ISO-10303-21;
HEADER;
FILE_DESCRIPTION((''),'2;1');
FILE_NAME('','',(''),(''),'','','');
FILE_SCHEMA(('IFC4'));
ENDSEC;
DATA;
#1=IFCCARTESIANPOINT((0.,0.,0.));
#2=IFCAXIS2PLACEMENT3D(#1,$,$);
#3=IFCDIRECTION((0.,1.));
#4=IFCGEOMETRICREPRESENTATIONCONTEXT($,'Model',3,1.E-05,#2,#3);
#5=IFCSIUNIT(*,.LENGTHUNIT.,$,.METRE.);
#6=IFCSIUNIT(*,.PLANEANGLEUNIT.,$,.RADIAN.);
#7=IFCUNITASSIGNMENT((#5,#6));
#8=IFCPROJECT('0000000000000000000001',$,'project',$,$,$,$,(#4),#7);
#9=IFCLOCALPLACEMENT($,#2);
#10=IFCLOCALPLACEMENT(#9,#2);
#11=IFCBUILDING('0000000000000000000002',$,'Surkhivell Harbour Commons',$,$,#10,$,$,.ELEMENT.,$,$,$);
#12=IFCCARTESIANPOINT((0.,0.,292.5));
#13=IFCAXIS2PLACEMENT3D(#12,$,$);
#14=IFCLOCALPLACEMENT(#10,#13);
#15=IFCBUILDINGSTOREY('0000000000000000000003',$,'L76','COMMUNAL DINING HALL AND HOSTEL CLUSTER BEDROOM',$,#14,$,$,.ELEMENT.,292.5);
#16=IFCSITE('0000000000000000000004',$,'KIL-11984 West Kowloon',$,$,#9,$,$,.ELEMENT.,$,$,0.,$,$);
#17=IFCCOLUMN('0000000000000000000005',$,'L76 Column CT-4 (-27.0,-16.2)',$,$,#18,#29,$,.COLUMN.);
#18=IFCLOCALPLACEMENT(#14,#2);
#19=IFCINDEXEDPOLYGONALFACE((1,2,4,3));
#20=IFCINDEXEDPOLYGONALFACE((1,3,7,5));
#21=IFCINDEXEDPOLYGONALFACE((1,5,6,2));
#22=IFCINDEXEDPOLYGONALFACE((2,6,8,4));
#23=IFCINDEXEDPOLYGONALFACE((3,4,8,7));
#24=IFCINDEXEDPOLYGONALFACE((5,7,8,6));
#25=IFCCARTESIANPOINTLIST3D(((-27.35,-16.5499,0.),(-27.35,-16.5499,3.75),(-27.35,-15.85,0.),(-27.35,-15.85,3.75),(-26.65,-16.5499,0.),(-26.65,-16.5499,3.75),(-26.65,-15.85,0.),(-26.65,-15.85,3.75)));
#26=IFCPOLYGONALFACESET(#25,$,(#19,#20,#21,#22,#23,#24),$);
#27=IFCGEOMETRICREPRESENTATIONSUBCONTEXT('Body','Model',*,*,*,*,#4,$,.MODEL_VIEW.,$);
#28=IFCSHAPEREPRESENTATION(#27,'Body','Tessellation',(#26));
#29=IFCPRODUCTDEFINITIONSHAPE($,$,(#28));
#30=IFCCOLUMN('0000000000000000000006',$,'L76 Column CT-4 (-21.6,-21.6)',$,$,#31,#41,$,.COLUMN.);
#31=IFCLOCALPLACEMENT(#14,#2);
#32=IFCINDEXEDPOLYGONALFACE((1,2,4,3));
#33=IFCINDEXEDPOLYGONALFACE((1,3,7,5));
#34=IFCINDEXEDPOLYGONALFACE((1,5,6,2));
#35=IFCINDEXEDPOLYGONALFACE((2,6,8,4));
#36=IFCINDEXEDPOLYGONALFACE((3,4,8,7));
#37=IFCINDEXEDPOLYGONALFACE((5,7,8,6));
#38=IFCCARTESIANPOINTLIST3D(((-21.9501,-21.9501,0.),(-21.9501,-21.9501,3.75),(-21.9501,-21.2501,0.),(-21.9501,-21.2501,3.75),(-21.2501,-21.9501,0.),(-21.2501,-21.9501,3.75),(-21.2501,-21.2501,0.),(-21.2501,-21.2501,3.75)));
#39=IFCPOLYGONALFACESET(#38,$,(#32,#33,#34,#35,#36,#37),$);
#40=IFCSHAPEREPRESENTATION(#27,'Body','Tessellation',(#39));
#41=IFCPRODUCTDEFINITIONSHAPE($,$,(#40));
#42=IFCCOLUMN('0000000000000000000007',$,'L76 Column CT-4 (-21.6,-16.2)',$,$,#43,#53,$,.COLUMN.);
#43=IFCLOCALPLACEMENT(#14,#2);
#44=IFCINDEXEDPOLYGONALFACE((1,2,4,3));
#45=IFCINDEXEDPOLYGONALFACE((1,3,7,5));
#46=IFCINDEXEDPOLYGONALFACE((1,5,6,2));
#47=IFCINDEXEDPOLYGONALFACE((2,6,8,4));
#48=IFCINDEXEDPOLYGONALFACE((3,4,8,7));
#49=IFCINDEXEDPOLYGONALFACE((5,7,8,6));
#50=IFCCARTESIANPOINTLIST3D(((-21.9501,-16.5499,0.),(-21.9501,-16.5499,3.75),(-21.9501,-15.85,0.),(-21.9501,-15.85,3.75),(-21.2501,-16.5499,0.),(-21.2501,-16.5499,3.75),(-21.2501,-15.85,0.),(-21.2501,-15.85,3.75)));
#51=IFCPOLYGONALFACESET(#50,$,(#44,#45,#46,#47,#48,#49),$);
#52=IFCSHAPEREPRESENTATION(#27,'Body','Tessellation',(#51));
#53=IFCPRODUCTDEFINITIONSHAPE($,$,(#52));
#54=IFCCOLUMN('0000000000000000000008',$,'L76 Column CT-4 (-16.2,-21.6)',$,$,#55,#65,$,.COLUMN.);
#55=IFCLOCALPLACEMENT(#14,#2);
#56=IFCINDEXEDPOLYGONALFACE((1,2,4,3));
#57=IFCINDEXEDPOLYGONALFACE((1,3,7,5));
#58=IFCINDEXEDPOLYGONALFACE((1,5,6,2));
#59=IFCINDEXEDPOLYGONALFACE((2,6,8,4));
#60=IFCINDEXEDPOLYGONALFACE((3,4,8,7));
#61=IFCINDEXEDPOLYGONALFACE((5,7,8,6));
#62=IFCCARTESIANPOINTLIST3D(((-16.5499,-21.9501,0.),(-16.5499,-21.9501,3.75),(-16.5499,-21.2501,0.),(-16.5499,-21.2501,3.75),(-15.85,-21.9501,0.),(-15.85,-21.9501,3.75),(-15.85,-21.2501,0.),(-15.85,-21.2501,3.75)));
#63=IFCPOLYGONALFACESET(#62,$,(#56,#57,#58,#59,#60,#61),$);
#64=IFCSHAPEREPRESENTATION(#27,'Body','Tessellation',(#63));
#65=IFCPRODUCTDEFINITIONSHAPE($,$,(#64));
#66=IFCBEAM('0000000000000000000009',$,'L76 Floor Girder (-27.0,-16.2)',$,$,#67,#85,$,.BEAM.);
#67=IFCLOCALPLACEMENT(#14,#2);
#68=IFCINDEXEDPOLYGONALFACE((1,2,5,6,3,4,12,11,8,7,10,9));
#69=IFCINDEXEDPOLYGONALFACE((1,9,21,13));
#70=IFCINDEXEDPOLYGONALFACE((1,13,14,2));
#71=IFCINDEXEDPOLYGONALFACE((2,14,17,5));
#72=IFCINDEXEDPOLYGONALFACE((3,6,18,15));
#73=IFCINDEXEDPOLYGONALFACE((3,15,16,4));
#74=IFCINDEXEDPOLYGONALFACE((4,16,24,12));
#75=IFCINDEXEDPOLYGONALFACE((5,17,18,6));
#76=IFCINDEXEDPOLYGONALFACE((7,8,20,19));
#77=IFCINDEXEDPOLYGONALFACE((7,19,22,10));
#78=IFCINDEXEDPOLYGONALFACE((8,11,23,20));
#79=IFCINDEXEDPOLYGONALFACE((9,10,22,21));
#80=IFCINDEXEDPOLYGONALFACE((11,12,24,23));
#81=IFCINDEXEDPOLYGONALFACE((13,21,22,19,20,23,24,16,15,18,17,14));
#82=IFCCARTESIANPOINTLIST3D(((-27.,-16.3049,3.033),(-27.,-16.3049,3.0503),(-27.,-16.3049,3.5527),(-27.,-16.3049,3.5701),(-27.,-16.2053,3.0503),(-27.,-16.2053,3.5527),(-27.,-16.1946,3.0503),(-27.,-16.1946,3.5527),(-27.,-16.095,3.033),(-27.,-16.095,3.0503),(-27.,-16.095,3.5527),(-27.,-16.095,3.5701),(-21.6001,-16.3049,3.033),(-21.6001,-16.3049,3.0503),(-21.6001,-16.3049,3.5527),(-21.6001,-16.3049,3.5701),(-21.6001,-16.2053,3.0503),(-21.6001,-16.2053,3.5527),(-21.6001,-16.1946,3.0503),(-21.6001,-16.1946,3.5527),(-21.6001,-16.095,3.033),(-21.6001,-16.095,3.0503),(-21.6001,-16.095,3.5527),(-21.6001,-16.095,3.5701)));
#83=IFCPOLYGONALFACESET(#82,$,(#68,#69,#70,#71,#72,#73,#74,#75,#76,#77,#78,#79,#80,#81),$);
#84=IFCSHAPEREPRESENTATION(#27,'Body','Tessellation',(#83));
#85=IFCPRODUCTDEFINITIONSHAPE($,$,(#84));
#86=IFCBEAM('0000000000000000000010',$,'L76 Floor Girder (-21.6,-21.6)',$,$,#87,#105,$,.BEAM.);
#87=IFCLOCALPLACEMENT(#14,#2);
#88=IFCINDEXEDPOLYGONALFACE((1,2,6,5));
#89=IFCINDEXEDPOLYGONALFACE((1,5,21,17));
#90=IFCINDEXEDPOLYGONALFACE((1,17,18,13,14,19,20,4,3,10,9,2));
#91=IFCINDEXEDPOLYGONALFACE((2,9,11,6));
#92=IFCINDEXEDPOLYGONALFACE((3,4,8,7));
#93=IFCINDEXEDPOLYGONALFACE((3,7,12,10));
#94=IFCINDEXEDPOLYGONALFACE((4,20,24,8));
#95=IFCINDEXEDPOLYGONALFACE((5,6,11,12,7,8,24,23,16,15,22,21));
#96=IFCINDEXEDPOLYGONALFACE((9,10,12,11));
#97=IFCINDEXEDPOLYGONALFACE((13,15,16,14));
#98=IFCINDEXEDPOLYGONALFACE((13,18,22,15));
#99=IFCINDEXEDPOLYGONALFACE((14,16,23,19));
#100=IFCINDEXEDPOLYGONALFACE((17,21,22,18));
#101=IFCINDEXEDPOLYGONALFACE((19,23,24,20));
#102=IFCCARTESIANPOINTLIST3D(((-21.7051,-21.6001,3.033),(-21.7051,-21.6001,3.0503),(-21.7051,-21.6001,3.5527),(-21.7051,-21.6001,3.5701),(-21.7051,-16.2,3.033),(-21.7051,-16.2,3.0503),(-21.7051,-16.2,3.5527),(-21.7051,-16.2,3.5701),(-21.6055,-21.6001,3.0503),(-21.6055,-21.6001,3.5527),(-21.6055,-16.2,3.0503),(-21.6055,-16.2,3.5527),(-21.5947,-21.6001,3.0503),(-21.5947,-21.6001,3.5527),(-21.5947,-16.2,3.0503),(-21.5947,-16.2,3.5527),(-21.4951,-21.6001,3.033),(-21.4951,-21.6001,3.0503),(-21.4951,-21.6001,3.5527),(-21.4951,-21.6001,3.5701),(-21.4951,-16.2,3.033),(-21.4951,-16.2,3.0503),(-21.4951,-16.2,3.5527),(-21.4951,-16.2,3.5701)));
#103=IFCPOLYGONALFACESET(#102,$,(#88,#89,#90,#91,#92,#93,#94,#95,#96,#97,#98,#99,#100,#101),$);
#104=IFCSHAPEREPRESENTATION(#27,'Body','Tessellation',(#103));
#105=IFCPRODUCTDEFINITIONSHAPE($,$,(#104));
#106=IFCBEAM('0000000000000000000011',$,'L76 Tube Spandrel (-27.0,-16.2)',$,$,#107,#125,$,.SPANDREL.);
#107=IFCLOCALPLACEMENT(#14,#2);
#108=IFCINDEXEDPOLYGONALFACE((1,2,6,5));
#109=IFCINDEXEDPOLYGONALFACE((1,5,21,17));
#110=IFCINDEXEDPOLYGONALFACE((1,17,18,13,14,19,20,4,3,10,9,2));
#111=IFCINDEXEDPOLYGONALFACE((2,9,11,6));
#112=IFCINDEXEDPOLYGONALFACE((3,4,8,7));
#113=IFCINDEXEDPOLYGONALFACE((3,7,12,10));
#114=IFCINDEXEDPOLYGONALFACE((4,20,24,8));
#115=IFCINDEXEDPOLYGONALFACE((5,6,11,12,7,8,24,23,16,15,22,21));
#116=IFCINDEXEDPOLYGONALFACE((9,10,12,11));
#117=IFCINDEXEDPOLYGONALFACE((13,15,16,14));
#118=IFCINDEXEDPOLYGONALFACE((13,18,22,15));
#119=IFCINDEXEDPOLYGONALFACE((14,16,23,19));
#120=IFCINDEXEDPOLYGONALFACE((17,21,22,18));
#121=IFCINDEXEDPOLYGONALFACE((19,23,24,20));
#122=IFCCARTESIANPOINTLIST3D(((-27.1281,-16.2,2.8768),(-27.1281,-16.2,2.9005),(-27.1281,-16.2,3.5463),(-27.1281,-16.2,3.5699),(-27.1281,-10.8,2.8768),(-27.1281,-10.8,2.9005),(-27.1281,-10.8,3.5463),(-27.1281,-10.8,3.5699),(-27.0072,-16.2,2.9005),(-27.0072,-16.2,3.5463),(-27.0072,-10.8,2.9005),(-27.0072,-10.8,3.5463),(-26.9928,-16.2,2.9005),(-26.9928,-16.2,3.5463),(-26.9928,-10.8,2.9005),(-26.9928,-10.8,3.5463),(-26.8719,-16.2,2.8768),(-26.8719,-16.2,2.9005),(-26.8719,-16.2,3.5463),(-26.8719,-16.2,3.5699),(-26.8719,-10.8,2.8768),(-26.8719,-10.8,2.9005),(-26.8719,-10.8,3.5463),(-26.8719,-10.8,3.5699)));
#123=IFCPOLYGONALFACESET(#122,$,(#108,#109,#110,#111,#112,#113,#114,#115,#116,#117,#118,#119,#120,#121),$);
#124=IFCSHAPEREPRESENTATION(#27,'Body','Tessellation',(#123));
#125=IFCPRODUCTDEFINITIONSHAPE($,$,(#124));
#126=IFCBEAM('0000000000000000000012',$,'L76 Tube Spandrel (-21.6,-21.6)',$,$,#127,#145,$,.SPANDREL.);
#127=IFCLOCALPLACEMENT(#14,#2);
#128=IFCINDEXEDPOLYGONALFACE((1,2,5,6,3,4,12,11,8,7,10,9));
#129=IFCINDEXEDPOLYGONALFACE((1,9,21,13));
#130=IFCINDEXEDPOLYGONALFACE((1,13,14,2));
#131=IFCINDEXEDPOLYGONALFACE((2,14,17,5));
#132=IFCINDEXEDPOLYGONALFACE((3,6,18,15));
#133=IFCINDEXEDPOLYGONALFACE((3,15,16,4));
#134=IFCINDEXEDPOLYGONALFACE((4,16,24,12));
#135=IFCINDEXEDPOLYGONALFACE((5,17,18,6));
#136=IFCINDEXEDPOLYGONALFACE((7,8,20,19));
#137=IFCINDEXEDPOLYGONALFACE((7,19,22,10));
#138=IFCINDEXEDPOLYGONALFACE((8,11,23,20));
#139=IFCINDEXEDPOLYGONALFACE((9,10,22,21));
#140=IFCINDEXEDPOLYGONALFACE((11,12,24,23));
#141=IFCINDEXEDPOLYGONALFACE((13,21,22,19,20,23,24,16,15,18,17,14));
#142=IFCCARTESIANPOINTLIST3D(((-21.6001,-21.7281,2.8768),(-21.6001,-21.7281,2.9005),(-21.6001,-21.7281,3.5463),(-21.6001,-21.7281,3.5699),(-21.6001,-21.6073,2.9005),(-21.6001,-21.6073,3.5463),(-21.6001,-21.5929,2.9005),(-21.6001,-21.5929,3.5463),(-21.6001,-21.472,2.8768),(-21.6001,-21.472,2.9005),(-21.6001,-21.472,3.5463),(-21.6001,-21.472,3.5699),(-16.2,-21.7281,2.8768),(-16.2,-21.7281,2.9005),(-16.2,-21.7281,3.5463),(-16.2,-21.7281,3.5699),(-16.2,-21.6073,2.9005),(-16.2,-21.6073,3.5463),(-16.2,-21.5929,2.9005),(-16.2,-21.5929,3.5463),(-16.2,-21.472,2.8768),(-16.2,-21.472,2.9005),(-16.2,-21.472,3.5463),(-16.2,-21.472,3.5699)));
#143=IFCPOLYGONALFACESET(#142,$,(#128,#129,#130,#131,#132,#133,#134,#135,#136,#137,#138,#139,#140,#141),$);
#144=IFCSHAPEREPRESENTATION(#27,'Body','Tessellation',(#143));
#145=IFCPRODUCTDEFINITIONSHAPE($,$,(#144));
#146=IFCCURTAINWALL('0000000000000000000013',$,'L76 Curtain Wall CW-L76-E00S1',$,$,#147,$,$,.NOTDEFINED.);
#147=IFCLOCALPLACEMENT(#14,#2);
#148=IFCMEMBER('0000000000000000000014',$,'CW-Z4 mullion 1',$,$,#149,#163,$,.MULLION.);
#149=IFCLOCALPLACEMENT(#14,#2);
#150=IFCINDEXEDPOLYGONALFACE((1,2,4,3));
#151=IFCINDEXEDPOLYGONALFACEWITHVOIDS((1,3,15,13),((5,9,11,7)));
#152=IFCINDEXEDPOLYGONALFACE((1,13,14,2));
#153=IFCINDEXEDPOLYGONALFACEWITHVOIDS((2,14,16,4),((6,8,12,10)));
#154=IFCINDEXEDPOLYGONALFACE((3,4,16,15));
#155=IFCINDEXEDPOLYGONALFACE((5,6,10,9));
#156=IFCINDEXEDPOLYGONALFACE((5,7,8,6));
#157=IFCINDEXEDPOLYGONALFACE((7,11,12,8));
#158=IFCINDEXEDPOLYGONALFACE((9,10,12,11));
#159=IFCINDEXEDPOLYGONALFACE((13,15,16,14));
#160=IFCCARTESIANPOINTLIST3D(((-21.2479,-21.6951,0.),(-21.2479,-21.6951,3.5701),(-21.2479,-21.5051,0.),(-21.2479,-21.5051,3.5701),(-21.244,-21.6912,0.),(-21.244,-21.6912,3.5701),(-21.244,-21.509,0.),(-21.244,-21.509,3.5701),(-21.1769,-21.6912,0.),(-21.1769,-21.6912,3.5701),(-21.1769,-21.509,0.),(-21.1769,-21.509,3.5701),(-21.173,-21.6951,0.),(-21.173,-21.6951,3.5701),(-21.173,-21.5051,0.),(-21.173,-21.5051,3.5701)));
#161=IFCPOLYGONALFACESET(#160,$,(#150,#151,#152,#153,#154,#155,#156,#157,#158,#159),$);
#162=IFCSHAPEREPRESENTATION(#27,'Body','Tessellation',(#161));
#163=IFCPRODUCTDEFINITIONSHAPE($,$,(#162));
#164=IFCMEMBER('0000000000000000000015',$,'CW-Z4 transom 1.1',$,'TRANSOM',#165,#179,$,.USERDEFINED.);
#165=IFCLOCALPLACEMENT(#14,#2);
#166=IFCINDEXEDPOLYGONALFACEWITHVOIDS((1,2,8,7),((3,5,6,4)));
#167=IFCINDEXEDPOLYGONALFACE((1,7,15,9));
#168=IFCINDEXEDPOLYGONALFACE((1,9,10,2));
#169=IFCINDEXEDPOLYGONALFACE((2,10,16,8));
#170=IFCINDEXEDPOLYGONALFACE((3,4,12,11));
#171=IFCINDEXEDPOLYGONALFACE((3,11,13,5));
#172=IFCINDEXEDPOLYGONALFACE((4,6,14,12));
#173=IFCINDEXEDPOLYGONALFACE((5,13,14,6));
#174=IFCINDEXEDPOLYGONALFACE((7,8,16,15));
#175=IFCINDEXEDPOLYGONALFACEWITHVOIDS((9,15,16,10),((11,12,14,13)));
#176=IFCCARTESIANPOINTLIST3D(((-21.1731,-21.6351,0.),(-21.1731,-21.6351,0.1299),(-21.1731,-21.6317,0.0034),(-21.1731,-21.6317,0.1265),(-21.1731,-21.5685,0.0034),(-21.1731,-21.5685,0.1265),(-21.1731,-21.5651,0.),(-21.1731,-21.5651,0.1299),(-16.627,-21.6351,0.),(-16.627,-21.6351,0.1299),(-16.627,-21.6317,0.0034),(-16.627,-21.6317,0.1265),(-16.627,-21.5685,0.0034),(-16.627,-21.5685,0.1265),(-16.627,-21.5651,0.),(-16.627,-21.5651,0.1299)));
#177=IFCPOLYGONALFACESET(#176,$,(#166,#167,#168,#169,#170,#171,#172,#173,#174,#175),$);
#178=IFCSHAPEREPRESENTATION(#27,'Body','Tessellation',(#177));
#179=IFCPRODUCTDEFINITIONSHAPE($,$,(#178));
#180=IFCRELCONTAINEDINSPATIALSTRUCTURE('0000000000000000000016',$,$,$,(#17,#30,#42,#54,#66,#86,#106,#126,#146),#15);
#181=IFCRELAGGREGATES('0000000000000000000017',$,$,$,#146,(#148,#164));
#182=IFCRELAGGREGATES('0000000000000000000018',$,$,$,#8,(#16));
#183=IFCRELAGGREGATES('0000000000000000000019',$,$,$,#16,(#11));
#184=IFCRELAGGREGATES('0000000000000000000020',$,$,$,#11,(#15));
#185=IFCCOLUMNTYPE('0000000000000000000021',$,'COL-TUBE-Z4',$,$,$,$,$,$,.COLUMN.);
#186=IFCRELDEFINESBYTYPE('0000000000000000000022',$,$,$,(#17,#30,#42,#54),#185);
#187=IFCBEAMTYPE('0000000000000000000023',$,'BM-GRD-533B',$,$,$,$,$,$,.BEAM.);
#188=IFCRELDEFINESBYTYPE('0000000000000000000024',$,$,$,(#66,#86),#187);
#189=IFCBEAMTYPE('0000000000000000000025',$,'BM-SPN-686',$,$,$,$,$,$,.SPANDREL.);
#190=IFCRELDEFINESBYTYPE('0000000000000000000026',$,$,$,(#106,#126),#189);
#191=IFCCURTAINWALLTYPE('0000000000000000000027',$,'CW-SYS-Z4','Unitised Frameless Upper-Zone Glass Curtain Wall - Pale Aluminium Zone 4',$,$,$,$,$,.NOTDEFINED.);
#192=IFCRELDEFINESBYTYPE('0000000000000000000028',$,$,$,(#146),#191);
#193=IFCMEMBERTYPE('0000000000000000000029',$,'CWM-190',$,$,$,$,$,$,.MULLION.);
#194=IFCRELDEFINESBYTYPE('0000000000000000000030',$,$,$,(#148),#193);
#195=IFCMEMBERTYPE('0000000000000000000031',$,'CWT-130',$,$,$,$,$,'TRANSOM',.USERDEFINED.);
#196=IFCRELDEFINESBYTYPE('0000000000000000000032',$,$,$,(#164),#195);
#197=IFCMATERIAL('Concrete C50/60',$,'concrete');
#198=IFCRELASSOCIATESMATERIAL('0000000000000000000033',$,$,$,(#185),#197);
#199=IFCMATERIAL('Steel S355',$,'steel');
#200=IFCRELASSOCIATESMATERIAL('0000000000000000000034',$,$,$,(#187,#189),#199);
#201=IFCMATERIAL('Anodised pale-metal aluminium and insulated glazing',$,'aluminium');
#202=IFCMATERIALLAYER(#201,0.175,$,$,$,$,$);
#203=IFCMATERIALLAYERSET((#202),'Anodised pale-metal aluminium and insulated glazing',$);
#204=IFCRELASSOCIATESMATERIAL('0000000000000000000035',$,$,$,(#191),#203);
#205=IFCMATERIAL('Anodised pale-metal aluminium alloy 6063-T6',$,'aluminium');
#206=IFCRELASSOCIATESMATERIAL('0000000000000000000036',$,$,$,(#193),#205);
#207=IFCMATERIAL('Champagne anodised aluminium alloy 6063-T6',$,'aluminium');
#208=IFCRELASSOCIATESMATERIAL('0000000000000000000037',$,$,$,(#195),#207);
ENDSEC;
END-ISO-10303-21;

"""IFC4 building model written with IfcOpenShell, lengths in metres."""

from ifc_helpers import new_model, si_unit, direction, frame, origin, origin_2d, place, context, subcontext, project, spatial, rectangle, hollow_rectangle, i_section, extrude, material, layer, layer_set, material_profile, profile_set, type_object, element, aggregate, save


model = new_model("IFC4")

# Units and contexts
model_context = context("Model", 3, precision=1e-05, world=origin(), true_north=direction((0.0, 1.0)))
body_context = subcontext(model_context, "Body", "Model", "MODEL_VIEW")
ifc_project = project(units=[si_unit("LENGTHUNIT", "METRE"), si_unit("PLANEANGLEUNIT", "RADIAN")], contexts=[model_context])

# Site, building, storey
site_placement = place(None, origin())
site = spatial("IfcSite", under=ifc_project, at=site_placement, Name="KIL-11984 West Kowloon", CompositionType="ELEMENT", RefElevation=0.0)
building_placement = place(site_placement, origin())
building = spatial("IfcBuilding", under=site, at=building_placement, Name="Surkhivell Harbour Commons", CompositionType="ELEMENT")
storey_placement = place(building_placement, frame((0.0, 0.0, 292.5)))
storey = spatial("IfcBuildingStorey", under=building, at=storey_placement, Name="L76", Description="COMMUNAL DINING HALL AND HOSTEL CLUSTER BEDROOM", CompositionType="ELEMENT", Elevation=292.5)

# Columns
ifc_material_1 = material(Name="Concrete C50/60", Category="concrete")
ifc_material_profile_1 = material_profile(ifc_material_1, rectangle(XDim=0.7, YDim=0.7, at=origin_2d()), Name="RC-COL-700x700")
ifc_profile_set_1 = profile_set([ifc_material_profile_1], Name="Concrete C50/60")
column_type = type_object("IfcColumnType", Name="COL-TUBE-Z4", PredefinedType="COLUMN", material=ifc_profile_set_1)
for number, where, z_axis, x_axis, name in (
    (1, (-27.0, -16.2, 0.0), (0.0, 0.0, 1.0), (1.0, 0.0, 0.0), "L76 Column CT-4 (-27.0,-16.2)"),
    (2, (-21.6001, -21.6001, 0.0), (0.0, 0.0, 1.0), (1.0, 0.0, 0.0), "L76 Column CT-4 (-21.6,-21.6)"),
    (3, (-21.6001, -16.2, 0.0), (0.0, 0.0, 1.0), (1.0, 0.0, 0.0), "L76 Column CT-4 (-21.6,-16.2)"),
    (4, (-16.2, -21.6001, 0.0), (0.0, 0.0, 1.0), (1.0, 0.0, 0.0), "L76 Column CT-4 (-16.2,-21.6)"),
):
    element("IfcColumn", number, at=place(storey_placement, frame(where, z_axis=z_axis, x_axis=x_axis)), inside=storey, type_object=column_type, Name=name, PredefinedType="COLUMN", context=body_context, shape_type="SweptSolid", body=[
        extrude(rectangle(XDim=0.7, YDim=0.7, at=origin_2d()), origin(), (0.0, 0.0, 1.0), 3.75),
    ])

# Beams
ifc_material_2 = material(Name="Steel S355", Category="steel")
ifc_material_profile_2 = material_profile(ifc_material_2, i_section(OverallWidth=0.21, OverallDepth=0.5371, WebThickness=0.0107, FlangeThickness=0.0173, at=origin_2d()), Name="UB533x210x101")
ifc_profile_set_2 = profile_set([ifc_material_profile_2], Name="Steel S355")
beam_type_1 = type_object("IfcBeamType", Name="BM-GRD-533B", PredefinedType="BEAM", material=ifc_profile_set_2)
beam_1_placement = place(storey_placement, frame((-27.0, -16.2, 3.3015), z_axis=(1.0, 0.0, 0.0), x_axis=(0.0, 1.0, 0.0)))
element("IfcBeam", 5, at=beam_1_placement, inside=storey, type_object=beam_type_1, Name="L76 Floor Girder (-27.0,-16.2)", PredefinedType="BEAM", context=body_context, shape_type="SweptSolid", body=[
    extrude(i_section(OverallWidth=0.21, OverallDepth=0.5371, WebThickness=0.0107, FlangeThickness=0.0173, at=origin_2d()), origin(), (0.0, 0.0, 1.0), 5.3999),
])
beam_2_placement = place(storey_placement, frame((-21.6001, -21.6001, 3.3015), z_axis=(0.0, 1.0, 0.0), x_axis=(-1.0, 0.0, 0.0)))
element("IfcBeam", 6, at=beam_2_placement, inside=storey, type_object=beam_type_1, Name="L76 Floor Girder (-21.6,-21.6)", PredefinedType="BEAM", context=body_context, shape_type="SweptSolid", body=[
    extrude(i_section(OverallWidth=0.21, OverallDepth=0.5371, WebThickness=0.0107, FlangeThickness=0.0173, at=origin_2d()), origin(), (0.0, 0.0, 1.0), 5.4001),
])
ifc_material_profile_3 = material_profile(ifc_material_2, i_section(OverallWidth=0.2561, OverallDepth=0.6931, WebThickness=0.0144, FlangeThickness=0.0237, at=origin_2d()), Name="UB686x254x170")
ifc_profile_set_3 = profile_set([ifc_material_profile_3], Name="Steel S355")
beam_type_2 = type_object("IfcBeamType", Name="BM-SPN-686", PredefinedType="SPANDREL", material=ifc_profile_set_3)
beam_3_placement = place(storey_placement, frame((-27.0, -16.2, 3.2234), z_axis=(0.0, 1.0, 0.0), x_axis=(-1.0, 0.0, 0.0)))
element("IfcBeam", 7, at=beam_3_placement, inside=storey, type_object=beam_type_2, Name="L76 Tube Spandrel (-27.0,-16.2)", PredefinedType="SPANDREL", context=body_context, shape_type="SweptSolid", body=[
    extrude(i_section(OverallWidth=0.2561, OverallDepth=0.6931, WebThickness=0.0144, FlangeThickness=0.0237, at=origin_2d()), origin(), (0.0, 0.0, 1.0), 5.3999),
])
beam_4_placement = place(storey_placement, frame((-21.6001, -21.6001, 3.2234), z_axis=(1.0, 0.0, 0.0), x_axis=(0.0, 1.0, 0.0)))
element("IfcBeam", 8, at=beam_4_placement, inside=storey, type_object=beam_type_2, Name="L76 Tube Spandrel (-21.6,-21.6)", PredefinedType="SPANDREL", context=body_context, shape_type="SweptSolid", body=[
    extrude(i_section(OverallWidth=0.2561, OverallDepth=0.6931, WebThickness=0.0144, FlangeThickness=0.0237, at=origin_2d()), origin(), (0.0, 0.0, 1.0), 5.4001),
])

# Curtain wall, members
ifc_material_3 = material(Name="Anodised pale-metal aluminium and insulated glazing", Category="aluminium")
ifc_layer_1 = layer(ifc_material_3, 0.175)
ifc_layer_set_1 = layer_set([ifc_layer_1], Name="Anodised pale-metal aluminium and insulated glazing")
curtain_wall_type = type_object("IfcCurtainWallType", Name="CW-SYS-Z4", Description="Unitised Frameless Upper-Zone Glass Curtain Wall - Pale Aluminium Zone 4", PredefinedType="NOTDEFINED", material=ifc_layer_set_1)
curtain_wall_placement = place(storey_placement, origin())
curtain_wall = element("IfcCurtainWall", 9, at=curtain_wall_placement, inside=storey, type_object=curtain_wall_type, Name="L76 Curtain Wall CW-L76-E00S1", PredefinedType="NOTDEFINED")
ifc_material_4 = material(Name="Anodised pale-metal aluminium alloy 6063-T6", Category="aluminium")
ifc_material_profile_4 = material_profile(ifc_material_4, hollow_rectangle(XDim=0.075, YDim=0.1899, WallThickness=0.0039, at=origin_2d()), Name="ALU-MULL-75x190")
ifc_profile_set_4 = profile_set([ifc_material_profile_4], Name="Anodised pale-metal aluminium alloy 6063-T6")
member_type_1 = type_object("IfcMemberType", Name="CWM-190", PredefinedType="MULLION", material=ifc_profile_set_4)
member_1_placement = place(storey_placement, frame((-21.2104, -21.6001, 0.0), z_axis=(0.0, 0.0, 1.0), x_axis=(1.0, 0.0, 0.0)))
member_1 = element("IfcMember", 10, at=member_1_placement, type_object=member_type_1, Name="CW-Z4 mullion 1", PredefinedType="MULLION", context=body_context, shape_type="SweptSolid", body=[
    extrude(hollow_rectangle(XDim=0.075, YDim=0.1899, WallThickness=0.0039, at=origin_2d()), origin(), (0.0, 0.0, 1.0), 3.5701),
])
ifc_material_5 = material(Name="Champagne anodised aluminium alloy 6063-T6", Category="aluminium")
ifc_material_profile_5 = material_profile(ifc_material_5, hollow_rectangle(XDim=0.0701, YDim=0.1299, WallThickness=0.0034, at=origin_2d()), Name="ALU-TRAN-70x130")
ifc_profile_set_5 = profile_set([ifc_material_profile_5], Name="Champagne anodised aluminium alloy 6063-T6")
member_type_2 = type_object("IfcMemberType", Name="CWT-130", ElementType="TRANSOM", PredefinedType="USERDEFINED", material=ifc_profile_set_5)
member_2_placement = place(storey_placement, frame((-21.1731, -21.6001, 0.0649), z_axis=(1.0, 0.0, 0.0), x_axis=(0.0, 1.0, 0.0)))
member_2 = element("IfcMember", 11, at=member_2_placement, type_object=member_type_2, Name="CW-Z4 transom 1.1", ObjectType="TRANSOM", PredefinedType="USERDEFINED", context=body_context, shape_type="SweptSolid", body=[
    extrude(hollow_rectangle(XDim=0.0701, YDim=0.1299, WallThickness=0.0034, at=origin_2d()), origin(), (0.0, 0.0, 1.0), 4.5461),
])

aggregate(curtain_wall, [member_1, member_2])

save(model, "model.ifc")
